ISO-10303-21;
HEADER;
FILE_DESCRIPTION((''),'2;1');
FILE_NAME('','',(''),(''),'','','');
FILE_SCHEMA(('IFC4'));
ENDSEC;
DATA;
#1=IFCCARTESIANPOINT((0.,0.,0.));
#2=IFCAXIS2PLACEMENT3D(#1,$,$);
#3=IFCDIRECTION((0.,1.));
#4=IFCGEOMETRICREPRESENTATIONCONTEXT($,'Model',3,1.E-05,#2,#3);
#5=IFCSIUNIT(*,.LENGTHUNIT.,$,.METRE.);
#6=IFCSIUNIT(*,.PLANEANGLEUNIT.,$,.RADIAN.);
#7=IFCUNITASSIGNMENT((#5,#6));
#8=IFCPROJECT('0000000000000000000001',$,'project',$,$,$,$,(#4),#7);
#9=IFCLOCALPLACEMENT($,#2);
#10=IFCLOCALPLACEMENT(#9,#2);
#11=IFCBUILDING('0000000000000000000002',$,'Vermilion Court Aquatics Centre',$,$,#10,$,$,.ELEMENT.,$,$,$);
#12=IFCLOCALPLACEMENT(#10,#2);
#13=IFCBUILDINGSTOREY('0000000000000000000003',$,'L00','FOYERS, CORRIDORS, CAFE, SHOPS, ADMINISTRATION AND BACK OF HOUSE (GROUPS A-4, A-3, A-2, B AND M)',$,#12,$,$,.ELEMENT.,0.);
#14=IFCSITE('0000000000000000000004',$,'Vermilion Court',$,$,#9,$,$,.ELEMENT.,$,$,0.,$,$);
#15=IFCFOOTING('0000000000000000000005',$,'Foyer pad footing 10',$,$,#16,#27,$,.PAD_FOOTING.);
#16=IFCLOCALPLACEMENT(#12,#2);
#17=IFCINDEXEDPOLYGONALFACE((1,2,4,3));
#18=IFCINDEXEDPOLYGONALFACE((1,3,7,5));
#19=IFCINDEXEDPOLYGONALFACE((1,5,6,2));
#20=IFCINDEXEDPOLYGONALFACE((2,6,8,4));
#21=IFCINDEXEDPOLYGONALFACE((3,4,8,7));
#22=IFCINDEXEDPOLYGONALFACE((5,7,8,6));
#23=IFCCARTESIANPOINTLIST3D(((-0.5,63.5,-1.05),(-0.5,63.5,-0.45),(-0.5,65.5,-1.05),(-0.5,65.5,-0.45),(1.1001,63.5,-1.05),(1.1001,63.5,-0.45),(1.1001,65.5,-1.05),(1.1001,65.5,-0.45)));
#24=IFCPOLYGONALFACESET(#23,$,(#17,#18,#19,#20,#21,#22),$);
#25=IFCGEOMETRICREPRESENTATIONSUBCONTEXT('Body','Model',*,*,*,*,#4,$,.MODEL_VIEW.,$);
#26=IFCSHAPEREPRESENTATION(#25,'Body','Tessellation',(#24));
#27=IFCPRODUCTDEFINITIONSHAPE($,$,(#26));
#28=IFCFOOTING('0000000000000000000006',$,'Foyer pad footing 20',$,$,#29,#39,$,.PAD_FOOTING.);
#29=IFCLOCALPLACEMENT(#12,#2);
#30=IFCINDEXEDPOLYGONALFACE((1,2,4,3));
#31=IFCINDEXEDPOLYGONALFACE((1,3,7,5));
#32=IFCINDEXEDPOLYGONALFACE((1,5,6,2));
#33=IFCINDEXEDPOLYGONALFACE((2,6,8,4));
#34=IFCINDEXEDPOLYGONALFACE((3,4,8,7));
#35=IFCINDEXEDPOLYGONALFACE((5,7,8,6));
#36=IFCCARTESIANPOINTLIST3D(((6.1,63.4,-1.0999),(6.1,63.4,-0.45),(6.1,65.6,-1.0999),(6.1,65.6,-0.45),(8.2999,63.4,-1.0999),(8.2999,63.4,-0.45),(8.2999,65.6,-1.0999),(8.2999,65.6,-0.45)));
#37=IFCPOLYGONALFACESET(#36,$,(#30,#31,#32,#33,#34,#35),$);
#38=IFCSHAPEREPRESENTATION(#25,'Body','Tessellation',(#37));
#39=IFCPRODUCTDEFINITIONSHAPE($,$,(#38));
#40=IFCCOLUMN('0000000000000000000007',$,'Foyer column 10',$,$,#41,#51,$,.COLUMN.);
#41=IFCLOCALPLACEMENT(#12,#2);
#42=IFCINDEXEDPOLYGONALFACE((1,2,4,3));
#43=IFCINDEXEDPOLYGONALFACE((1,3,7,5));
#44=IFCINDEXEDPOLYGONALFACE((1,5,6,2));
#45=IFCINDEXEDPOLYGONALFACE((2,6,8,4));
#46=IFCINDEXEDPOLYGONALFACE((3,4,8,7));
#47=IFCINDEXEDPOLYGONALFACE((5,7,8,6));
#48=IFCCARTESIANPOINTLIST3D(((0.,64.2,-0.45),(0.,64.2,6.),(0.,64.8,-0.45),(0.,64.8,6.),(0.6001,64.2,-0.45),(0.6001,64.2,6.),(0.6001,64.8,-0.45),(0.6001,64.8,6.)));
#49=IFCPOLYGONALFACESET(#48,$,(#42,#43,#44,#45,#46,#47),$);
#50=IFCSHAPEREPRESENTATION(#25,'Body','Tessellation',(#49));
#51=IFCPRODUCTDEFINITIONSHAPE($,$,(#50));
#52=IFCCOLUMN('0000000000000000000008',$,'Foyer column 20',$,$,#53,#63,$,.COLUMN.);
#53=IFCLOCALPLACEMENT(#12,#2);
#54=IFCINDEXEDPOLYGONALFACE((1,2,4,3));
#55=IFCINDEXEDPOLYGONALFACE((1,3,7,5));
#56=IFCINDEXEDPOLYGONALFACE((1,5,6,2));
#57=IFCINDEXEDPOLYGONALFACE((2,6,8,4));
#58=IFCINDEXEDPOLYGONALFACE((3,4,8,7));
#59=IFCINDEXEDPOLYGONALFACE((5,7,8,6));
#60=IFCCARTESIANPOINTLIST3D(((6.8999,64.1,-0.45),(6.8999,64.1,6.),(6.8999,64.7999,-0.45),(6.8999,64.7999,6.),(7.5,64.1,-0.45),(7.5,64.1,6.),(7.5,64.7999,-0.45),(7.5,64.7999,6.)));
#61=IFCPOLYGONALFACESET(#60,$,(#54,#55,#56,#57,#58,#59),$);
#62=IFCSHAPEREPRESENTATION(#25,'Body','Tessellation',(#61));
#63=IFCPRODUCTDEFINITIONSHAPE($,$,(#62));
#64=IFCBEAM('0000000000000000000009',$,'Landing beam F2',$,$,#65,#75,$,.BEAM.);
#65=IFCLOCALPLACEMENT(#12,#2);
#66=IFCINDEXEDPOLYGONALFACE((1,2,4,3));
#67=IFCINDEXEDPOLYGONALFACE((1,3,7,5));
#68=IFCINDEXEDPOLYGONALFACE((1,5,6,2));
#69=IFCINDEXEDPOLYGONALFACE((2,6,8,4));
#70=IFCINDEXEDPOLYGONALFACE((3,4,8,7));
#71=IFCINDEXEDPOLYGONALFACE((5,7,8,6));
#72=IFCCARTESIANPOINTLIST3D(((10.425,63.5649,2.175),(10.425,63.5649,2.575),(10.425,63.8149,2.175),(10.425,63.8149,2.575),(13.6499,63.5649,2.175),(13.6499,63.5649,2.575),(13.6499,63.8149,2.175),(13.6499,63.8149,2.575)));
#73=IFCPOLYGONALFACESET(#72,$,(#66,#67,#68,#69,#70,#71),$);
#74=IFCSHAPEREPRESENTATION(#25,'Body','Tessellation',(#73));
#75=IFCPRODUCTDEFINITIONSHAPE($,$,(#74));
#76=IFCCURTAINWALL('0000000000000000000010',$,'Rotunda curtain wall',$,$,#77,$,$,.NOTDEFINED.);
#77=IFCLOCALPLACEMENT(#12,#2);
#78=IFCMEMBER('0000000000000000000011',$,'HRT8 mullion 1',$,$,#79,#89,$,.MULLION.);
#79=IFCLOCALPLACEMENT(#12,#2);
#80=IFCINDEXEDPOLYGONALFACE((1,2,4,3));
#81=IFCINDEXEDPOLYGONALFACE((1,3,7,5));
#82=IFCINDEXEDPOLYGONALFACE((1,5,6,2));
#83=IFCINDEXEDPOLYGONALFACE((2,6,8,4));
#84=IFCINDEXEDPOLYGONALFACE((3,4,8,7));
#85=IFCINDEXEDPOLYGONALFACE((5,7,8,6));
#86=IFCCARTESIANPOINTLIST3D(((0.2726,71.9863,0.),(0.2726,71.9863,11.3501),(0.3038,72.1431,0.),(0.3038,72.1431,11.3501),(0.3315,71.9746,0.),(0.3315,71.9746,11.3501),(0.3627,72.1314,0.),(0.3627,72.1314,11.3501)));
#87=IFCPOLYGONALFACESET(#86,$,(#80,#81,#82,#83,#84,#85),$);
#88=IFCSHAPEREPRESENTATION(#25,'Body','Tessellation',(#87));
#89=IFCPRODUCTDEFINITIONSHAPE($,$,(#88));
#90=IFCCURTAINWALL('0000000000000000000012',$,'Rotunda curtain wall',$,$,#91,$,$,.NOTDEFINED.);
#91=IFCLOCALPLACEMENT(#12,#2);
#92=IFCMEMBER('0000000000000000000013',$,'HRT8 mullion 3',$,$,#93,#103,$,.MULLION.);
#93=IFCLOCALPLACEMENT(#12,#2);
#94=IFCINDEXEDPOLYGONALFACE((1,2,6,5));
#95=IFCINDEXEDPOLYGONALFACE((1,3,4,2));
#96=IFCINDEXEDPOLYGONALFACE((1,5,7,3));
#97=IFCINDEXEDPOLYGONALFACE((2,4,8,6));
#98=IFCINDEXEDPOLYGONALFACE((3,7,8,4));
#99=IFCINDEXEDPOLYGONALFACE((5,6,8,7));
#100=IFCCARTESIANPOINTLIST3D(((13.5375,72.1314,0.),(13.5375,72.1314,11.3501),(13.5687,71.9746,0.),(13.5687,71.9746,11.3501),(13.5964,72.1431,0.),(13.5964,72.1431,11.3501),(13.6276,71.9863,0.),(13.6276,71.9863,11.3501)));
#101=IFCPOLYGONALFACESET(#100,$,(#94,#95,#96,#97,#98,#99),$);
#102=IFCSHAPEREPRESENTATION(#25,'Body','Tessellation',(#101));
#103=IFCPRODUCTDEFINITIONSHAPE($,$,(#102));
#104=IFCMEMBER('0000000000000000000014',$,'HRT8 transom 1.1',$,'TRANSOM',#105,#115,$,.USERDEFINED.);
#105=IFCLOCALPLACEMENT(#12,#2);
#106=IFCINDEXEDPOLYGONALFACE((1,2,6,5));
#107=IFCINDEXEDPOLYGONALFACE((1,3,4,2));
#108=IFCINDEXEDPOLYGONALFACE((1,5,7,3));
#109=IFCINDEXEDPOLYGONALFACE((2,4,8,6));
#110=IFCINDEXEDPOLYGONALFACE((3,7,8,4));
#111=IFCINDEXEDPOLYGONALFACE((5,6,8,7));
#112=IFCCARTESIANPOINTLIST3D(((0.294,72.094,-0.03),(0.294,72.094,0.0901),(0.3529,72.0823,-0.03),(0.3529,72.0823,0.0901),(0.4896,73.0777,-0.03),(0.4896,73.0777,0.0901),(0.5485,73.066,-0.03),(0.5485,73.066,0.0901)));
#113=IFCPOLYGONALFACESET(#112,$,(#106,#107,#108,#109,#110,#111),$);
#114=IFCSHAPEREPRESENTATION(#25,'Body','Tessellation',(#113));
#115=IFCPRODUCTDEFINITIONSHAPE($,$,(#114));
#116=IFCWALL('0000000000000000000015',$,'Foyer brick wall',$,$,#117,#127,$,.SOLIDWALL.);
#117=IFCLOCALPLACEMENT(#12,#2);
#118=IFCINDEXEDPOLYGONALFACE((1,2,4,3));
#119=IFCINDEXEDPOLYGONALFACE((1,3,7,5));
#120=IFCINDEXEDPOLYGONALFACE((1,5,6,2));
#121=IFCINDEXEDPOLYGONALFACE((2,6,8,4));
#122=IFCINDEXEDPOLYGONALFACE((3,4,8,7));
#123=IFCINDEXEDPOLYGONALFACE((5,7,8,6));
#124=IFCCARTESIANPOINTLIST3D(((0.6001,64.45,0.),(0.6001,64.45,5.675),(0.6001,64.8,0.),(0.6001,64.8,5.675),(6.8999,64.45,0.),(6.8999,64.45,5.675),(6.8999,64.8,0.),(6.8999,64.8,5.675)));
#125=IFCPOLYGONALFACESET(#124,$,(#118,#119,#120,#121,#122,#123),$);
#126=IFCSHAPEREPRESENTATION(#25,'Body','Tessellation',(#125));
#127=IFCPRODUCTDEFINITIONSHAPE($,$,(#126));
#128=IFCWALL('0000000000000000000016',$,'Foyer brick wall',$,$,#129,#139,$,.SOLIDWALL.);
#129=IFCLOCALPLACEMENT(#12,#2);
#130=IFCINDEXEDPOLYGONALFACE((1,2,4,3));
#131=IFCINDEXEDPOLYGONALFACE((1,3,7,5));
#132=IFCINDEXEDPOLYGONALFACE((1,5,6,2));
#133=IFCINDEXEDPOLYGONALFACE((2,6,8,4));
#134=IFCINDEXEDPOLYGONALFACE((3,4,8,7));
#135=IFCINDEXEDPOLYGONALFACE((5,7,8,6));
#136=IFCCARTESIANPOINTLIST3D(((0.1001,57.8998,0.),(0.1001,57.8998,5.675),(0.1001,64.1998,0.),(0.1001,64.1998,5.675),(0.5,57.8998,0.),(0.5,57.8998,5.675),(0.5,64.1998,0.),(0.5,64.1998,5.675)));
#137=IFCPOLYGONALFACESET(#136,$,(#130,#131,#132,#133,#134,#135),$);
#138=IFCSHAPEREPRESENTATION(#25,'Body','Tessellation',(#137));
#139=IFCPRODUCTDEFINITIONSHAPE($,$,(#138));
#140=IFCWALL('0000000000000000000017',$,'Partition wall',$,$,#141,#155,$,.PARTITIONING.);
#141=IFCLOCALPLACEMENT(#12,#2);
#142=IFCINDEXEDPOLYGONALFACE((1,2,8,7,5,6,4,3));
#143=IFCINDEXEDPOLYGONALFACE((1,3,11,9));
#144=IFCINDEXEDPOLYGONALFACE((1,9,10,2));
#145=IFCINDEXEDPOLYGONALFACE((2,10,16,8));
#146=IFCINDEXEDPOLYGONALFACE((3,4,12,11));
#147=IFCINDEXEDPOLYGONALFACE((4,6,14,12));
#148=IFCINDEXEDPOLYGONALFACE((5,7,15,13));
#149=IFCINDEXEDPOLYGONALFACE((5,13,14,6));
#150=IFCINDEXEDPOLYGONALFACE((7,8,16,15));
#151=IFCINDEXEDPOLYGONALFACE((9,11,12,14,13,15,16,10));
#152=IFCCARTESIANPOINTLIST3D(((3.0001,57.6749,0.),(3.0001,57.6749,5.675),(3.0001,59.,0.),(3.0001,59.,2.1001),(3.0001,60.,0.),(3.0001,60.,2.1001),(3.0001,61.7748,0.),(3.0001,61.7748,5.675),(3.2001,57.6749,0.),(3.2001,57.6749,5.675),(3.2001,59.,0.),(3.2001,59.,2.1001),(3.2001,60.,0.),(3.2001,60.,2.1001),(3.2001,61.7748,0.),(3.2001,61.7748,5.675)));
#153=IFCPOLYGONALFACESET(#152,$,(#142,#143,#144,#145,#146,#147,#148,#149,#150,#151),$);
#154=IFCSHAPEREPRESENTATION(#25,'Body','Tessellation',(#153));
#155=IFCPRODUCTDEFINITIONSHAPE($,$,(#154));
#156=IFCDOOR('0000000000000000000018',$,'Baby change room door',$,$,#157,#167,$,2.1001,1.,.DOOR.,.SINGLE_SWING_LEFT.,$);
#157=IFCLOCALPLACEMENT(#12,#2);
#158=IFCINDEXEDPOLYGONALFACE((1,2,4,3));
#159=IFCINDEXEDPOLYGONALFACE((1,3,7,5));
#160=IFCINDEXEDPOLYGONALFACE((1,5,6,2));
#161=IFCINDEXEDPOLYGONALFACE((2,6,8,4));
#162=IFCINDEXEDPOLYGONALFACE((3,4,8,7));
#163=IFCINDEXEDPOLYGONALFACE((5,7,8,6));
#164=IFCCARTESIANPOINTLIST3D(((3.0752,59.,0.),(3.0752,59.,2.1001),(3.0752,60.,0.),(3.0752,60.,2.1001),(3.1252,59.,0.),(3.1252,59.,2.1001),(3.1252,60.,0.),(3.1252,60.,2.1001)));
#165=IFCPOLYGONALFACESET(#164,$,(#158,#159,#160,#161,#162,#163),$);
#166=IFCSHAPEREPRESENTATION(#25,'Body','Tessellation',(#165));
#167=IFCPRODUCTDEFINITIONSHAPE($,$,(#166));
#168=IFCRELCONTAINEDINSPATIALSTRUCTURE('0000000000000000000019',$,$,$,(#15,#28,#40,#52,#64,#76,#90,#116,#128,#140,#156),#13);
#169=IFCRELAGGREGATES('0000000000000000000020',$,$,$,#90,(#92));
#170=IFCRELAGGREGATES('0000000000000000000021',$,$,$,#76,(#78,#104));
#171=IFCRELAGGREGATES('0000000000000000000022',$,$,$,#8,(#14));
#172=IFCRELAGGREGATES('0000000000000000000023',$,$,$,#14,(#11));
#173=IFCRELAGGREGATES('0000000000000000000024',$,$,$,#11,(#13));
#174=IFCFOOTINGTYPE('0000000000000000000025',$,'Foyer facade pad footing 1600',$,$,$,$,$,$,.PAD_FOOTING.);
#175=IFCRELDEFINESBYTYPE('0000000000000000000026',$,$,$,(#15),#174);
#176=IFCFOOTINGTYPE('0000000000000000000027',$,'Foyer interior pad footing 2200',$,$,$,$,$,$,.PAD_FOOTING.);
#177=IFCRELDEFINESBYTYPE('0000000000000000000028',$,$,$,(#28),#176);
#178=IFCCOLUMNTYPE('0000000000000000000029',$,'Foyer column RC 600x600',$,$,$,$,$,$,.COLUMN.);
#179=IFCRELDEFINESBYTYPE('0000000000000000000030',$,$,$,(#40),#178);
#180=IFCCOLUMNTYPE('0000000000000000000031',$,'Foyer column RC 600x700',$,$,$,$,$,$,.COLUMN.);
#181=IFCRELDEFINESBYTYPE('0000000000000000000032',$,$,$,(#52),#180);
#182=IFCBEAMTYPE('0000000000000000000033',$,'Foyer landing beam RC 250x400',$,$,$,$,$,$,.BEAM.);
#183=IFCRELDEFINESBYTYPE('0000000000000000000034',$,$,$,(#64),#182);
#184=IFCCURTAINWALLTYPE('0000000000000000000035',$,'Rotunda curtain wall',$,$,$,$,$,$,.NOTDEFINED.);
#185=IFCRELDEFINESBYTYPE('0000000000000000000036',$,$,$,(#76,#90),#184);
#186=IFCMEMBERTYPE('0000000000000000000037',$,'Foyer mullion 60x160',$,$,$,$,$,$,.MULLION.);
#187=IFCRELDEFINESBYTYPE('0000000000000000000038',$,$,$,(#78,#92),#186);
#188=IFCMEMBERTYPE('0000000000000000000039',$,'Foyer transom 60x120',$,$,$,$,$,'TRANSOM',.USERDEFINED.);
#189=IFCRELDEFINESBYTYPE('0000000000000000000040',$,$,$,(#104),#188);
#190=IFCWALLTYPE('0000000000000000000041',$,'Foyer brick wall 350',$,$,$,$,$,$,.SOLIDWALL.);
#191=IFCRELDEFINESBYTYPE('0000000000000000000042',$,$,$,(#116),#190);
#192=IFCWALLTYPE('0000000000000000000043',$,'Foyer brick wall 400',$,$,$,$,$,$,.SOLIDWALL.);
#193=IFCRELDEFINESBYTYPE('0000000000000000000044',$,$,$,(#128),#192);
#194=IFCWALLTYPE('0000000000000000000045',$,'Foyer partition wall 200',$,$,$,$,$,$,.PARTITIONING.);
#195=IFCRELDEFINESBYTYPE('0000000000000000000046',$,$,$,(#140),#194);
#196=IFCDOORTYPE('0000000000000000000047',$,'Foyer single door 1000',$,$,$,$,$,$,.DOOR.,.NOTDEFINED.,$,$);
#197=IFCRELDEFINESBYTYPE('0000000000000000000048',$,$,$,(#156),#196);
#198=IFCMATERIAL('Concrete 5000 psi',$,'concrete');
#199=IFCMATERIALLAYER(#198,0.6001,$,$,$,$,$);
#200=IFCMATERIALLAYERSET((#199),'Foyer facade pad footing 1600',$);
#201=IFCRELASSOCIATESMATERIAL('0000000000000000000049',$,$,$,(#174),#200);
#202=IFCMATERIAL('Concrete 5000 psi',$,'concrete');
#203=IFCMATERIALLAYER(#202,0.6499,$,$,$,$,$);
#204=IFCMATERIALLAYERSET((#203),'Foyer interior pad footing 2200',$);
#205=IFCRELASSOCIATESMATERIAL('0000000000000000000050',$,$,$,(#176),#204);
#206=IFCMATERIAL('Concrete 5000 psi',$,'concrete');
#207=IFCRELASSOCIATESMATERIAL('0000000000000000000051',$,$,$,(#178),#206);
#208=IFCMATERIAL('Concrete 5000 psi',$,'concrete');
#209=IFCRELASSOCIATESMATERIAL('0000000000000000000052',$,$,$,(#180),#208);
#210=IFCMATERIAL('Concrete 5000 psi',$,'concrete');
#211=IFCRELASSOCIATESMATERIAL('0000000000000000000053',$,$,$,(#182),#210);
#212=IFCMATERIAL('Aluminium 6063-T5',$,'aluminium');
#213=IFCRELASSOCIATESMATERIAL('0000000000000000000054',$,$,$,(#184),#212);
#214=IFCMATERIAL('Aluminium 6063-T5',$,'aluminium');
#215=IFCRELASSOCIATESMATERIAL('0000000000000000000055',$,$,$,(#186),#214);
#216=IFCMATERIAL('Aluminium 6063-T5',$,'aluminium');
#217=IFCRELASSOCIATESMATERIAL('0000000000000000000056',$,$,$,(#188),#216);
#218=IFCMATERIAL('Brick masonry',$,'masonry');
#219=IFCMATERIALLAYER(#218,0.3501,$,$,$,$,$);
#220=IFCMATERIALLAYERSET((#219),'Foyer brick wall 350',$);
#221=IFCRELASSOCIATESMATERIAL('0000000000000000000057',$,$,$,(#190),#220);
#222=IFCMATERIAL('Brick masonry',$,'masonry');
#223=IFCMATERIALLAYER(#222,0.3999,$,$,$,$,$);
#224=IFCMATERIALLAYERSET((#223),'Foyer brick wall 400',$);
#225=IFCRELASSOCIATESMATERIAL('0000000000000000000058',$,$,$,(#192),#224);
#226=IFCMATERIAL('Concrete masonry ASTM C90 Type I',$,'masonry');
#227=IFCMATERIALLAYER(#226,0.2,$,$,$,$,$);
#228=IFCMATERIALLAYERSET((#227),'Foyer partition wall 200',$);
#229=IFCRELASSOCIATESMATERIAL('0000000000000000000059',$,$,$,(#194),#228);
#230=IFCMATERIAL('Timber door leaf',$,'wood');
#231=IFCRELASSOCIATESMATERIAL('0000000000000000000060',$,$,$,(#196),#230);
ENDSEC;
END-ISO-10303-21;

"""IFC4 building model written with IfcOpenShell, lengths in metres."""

from ifc_helpers import new_model, si_unit, direction, frame, frame_2d, origin, origin_2d, place, context, subcontext, project, spatial, rectangle, extrude, material, layer, layer_set, material_profile, profile_set, type_object, element, fill, aggregate, save


model = new_model("IFC4")

# Units and contexts
model_context = context("Model", 3, precision=1e-05, world=origin(), true_north=direction((0.0, 1.0)))
body_context = subcontext(model_context, "Body", "Model", "MODEL_VIEW")
ifc_project = project(units=[si_unit("LENGTHUNIT", "METRE"), si_unit("PLANEANGLEUNIT", "RADIAN")], contexts=[model_context])

# Site, building, storey
site_placement = place(None, origin())
site = spatial("IfcSite", under=ifc_project, at=site_placement, Name="Vermilion Court", CompositionType="ELEMENT", RefElevation=0.0)
building_placement = place(site_placement, origin())
building = spatial("IfcBuilding", under=site, at=building_placement, Name="Vermilion Court Aquatics Centre", CompositionType="ELEMENT")
storey_placement = place(building_placement, origin())
storey = spatial("IfcBuildingStorey", under=building, at=storey_placement, Name="L00", Description="FOYERS, CORRIDORS, CAFE, SHOPS, ADMINISTRATION AND BACK OF HOUSE (GROUPS A-4, A-3, A-2, B AND M)", CompositionType="ELEMENT", Elevation=0.0)

# Footings
ifc_material_1 = material(Name="Concrete 5000 psi", Category="concrete")
ifc_layer_1 = layer(ifc_material_1, 0.6001)
ifc_layer_set_1 = layer_set([ifc_layer_1], Name="Foyer facade pad footing 1600")
footing_type_1 = type_object("IfcFootingType", Name="Foyer facade pad footing 1600", PredefinedType="PAD_FOOTING", material=ifc_layer_set_1)
footing_1_placement = place(storey_placement, frame((0.3, 64.5, -1.05), z_axis=(0.0, 0.0, 1.0), x_axis=(1.0, 0.0, 0.0)))
element("IfcFooting", 1, at=footing_1_placement, inside=storey, type_object=footing_type_1, Name="Foyer pad footing 10", PredefinedType="PAD_FOOTING", context=body_context, shape_type="SweptSolid", body=[
    extrude(rectangle(XDim=1.6001, YDim=2.0, at=origin_2d()), origin(), (0.0, 0.0, 1.0), 0.6001),
])
ifc_material_2 = material(Name="Concrete 5000 psi", Category="concrete")
ifc_layer_2 = layer(ifc_material_2, 0.6499)
ifc_layer_set_2 = layer_set([ifc_layer_2], Name="Foyer interior pad footing 2200")
footing_type_2 = type_object("IfcFootingType", Name="Foyer interior pad footing 2200", PredefinedType="PAD_FOOTING", material=ifc_layer_set_2)
footing_2_placement = place(storey_placement, frame((7.2, 64.5, -1.0999), z_axis=(0.0, 0.0, 1.0), x_axis=(1.0, 0.0, 0.0)))
element("IfcFooting", 2, at=footing_2_placement, inside=storey, type_object=footing_type_2, Name="Foyer pad footing 20", PredefinedType="PAD_FOOTING", context=body_context, shape_type="SweptSolid", body=[
    extrude(rectangle(XDim=2.2, YDim=2.2, at=origin_2d()), origin(), (0.0, 0.0, 1.0), 0.6499),
])

# Columns
ifc_material_3 = material(Name="Concrete 5000 psi", Category="concrete")
ifc_material_profile_1 = material_profile(ifc_material_3, rectangle(XDim=0.6001, YDim=0.6001, at=origin_2d()), Name="RC 600x600")
ifc_profile_set_1 = profile_set([ifc_material_profile_1], Name="Concrete 5000 psi")
column_type_1 = type_object("IfcColumnType", Name="Foyer column RC 600x600", PredefinedType="COLUMN", material=ifc_profile_set_1)
column_1_placement = place(storey_placement, frame((0.3, 64.5, -0.45), z_axis=(0.0, 0.0, 1.0), x_axis=(1.0, 0.0, 0.0)))
element("IfcColumn", 3, at=column_1_placement, inside=storey, type_object=column_type_1, Name="Foyer column 10", PredefinedType="COLUMN", context=body_context, shape_type="SweptSolid", body=[
    extrude(rectangle(XDim=0.6001, YDim=0.6001, at=origin_2d()), origin(), (0.0, 0.0, 1.0), 6.45),
])
ifc_material_4 = material(Name="Concrete 5000 psi", Category="concrete")
ifc_material_profile_2 = material_profile(ifc_material_4, rectangle(XDim=0.6001, YDim=0.7, at=origin_2d()), Name="RC 600x700")
ifc_profile_set_2 = profile_set([ifc_material_profile_2], Name="Concrete 5000 psi")
column_type_2 = type_object("IfcColumnType", Name="Foyer column RC 600x700", PredefinedType="COLUMN", material=ifc_profile_set_2)
column_2_placement = place(storey_placement, frame((7.2, 64.45, -0.45), z_axis=(0.0, 0.0, 1.0), x_axis=(1.0, 0.0, 0.0)))
element("IfcColumn", 4, at=column_2_placement, inside=storey, type_object=column_type_2, Name="Foyer column 20", PredefinedType="COLUMN", context=body_context, shape_type="SweptSolid", body=[
    extrude(rectangle(XDim=0.6001, YDim=0.7, at=origin_2d()), origin(), (0.0, 0.0, 1.0), 6.45),
])

# Beam
ifc_material_5 = material(Name="Concrete 5000 psi", Category="concrete")
ifc_material_profile_3 = material_profile(ifc_material_5, rectangle(XDim=0.25, YDim=0.3999, at=origin_2d()), Name="RC 250x400")
ifc_profile_set_3 = profile_set([ifc_material_profile_3], Name="Concrete 5000 psi")
beam_type = type_object("IfcBeamType", Name="Foyer landing beam RC 250x400", PredefinedType="BEAM", material=ifc_profile_set_3)
beam_placement = place(storey_placement, frame((10.425, 63.6899, 2.375), z_axis=(1.0, 0.0, 0.0), x_axis=(0.0, 1.0, 0.0)))
element("IfcBeam", 5, at=beam_placement, inside=storey, type_object=beam_type, Name="Landing beam F2", PredefinedType="BEAM", context=body_context, shape_type="SweptSolid", body=[
    extrude(rectangle(XDim=0.25, YDim=0.3999, at=origin_2d()), origin(), (0.0, 0.0, 1.0), 3.2249),
])

# Curtain walls, members
ifc_material_6 = material(Name="Aluminium 6063-T5", Category="aluminium")
curtain_wall_type = type_object("IfcCurtainWallType", Name="Rotunda curtain wall", PredefinedType="NOTDEFINED", material=ifc_material_6)
curtain_wall_1_placement = place(storey_placement, origin())
curtain_wall_1 = element("IfcCurtainWall", 6, at=curtain_wall_1_placement, inside=storey, type_object=curtain_wall_type, Name="Rotunda curtain wall", PredefinedType="NOTDEFINED")
ifc_material_7 = material(Name="Aluminium 6063-T5", Category="aluminium")
ifc_material_profile_4 = material_profile(ifc_material_7, rectangle(XDim=0.0601, YDim=0.1599, at=origin_2d()), Name="Aluminium 60x160")
ifc_profile_set_4 = profile_set([ifc_material_profile_4], Name="Aluminium 6063-T5")
member_type_1 = type_object("IfcMemberType", Name="Foyer mullion 60x160", PredefinedType="MULLION", material=ifc_profile_set_4)
member_1_placement = place(storey_placement, frame((0.3176, 72.0588, 0.0), z_axis=(0.0, 0.0, 1.0), x_axis=(-0.980784, 0.195095, 0.0)))
member_1 = element("IfcMember", 7, at=member_1_placement, type_object=member_type_1, Name="HRT8 mullion 1", PredefinedType="MULLION", context=body_context, shape_type="SweptSolid", body=[
    extrude(rectangle(XDim=0.0601, YDim=0.1599, at=origin_2d()), origin(), (0.0, 0.0, 1.0), 11.3501),
])
curtain_wall_2_placement = place(storey_placement, origin())
curtain_wall_2 = element("IfcCurtainWall", 8, at=curtain_wall_2_placement, inside=storey, type_object=curtain_wall_type, Name="Rotunda curtain wall", PredefinedType="NOTDEFINED")
member_2_placement = place(storey_placement, frame((13.5825, 72.0588, 0.0), z_axis=(0.0, 0.0, 1.0), x_axis=(0.980784, 0.195095, 0.0)))
member_2 = element("IfcMember", 9, at=member_2_placement, type_object=member_type_1, Name="HRT8 mullion 3", PredefinedType="MULLION", context=body_context, shape_type="SweptSolid", body=[
    extrude(rectangle(XDim=0.0601, YDim=0.1599, at=origin_2d()), origin(), (0.0, 0.0, 1.0), 11.3501),
])
aggregate(curtain_wall_2, [member_2])

# Member
ifc_material_8 = material(Name="Aluminium 6063-T5", Category="aluminium")
ifc_material_profile_5 = material_profile(ifc_material_8, rectangle(XDim=0.0601, YDim=0.1201, at=origin_2d()), Name="Aluminium 60x120")
ifc_profile_set_5 = profile_set([ifc_material_profile_5], Name="Aluminium 6063-T5")
member_type_2 = type_object("IfcMemberType", Name="Foyer transom 60x120", ElementType="TRANSOM", PredefinedType="USERDEFINED", material=ifc_profile_set_5)
member_3_placement = place(storey_placement, frame((0.3235, 72.0881, 0.03), z_axis=(0.194992, 0.980805, 0.0), x_axis=(-0.980805, 0.194992, 0.0)))
member_3 = element("IfcMember", 10, at=member_3_placement, type_object=member_type_2, Name="HRT8 transom 1.1", ObjectType="TRANSOM", PredefinedType="USERDEFINED", context=body_context, shape_type="SweptSolid", body=[
    extrude(rectangle(XDim=0.0601, YDim=0.1201, at=origin_2d()), origin(), (0.0, 0.0, 1.0), 1.0029),
])
aggregate(curtain_wall_1, [member_1, member_3])

# Wall
ifc_material_9 = material(Name="Brick masonry", Category="masonry")
ifc_layer_3 = layer(ifc_material_9, 0.3501)
ifc_layer_set_3 = layer_set([ifc_layer_3], Name="Foyer brick wall 350")
wall_type_1 = type_object("IfcWallType", Name="Foyer brick wall 350", PredefinedType="SOLIDWALL", material=ifc_layer_set_3)
wall_1_placement = place(storey_placement, frame((0.6001, 64.625, 0.0), z_axis=(0.0, 0.0, 1.0), x_axis=(1.0, 0.0, 0.0)))
element("IfcWall", 11, at=wall_1_placement, inside=storey, type_object=wall_type_1, Name="Foyer brick wall", PredefinedType="SOLIDWALL", context=body_context, shape_type="SweptSolid", body=[
    extrude(rectangle(XDim=6.2998, YDim=0.3501, at=frame_2d((3.1499, 0.0))), origin(), (0.0, 0.0, 1.0), 5.675),
])

# Wall
ifc_material_10 = material(Name="Brick masonry", Category="masonry")
ifc_layer_4 = layer(ifc_material_10, 0.3999)
ifc_layer_set_4 = layer_set([ifc_layer_4], Name="Foyer brick wall 400")
wall_type_2 = type_object("IfcWallType", Name="Foyer brick wall 400", PredefinedType="SOLIDWALL", material=ifc_layer_set_4)
wall_2_placement = place(storey_placement, frame((0.3, 57.8999, 0.0), z_axis=(0.0, 0.0, 1.0), x_axis=(0.0, 1.0, 0.0)))
element("IfcWall", 12, at=wall_2_placement, inside=storey, type_object=wall_type_2, Name="Foyer brick wall", PredefinedType="SOLIDWALL", context=body_context, shape_type="SweptSolid", body=[
    extrude(rectangle(XDim=6.3, YDim=0.3999, at=frame_2d((3.1499, 0.0))), origin(), (0.0, 0.0, 1.0), 5.675),
])

# Wall, opening, door
ifc_material_11 = material(Name="Concrete masonry ASTM C90 Type I", Category="masonry")
ifc_layer_5 = layer(ifc_material_11, 0.2)
ifc_layer_set_5 = layer_set([ifc_layer_5], Name="Foyer partition wall 200")
wall_type_3 = type_object("IfcWallType", Name="Foyer partition wall 200", PredefinedType="PARTITIONING", material=ifc_layer_set_5)
wall_3_placement = place(storey_placement, frame((3.1001, 57.675, 0.0), z_axis=(0.0, 0.0, 1.0), x_axis=(0.0, 1.0, 0.0)))
wall_3 = element("IfcWall", 13, at=wall_3_placement, inside=storey, type_object=wall_type_3, Name="Partition wall", PredefinedType="PARTITIONING", context=body_context, shape_type="SweptSolid", body=[
    extrude(rectangle(XDim=4.0999, YDim=0.2, at=frame_2d((2.0498, 0.0))), origin(), (0.0, 0.0, 1.0), 5.675),
])
opening_1_placement = place(wall_3_placement, frame((1.325, 0.0, 0.0)))
opening_1 = element("IfcOpeningElement", 14, at=opening_1_placement, cuts=wall_3, PredefinedType="OPENING", context=body_context, shape_type="SweptSolid", body=[
    extrude(rectangle(XDim=1.0, YDim=2.1001, at=frame_2d((0.5, 1.05))), frame((0.0, 0.1099, 0.0), z_axis=(0.0, -1.0, 0.0), x_axis=(1.0, 0.0, 0.0)), (0.0, 0.0, 1.0), 0.22),
])
ifc_material_12 = material(Name="Timber door leaf", Category="wood")
door_type_1 = type_object("IfcDoorType", Name="Foyer single door 1000", OperationType="NOTDEFINED", PredefinedType="DOOR", material=ifc_material_12)
door_1_placement = place(opening_1_placement, origin())
door_1 = element("IfcDoor", 15, at=door_1_placement, inside=storey, type_object=door_type_1, Name="Baby change room door", OperationType="SINGLE_SWING_LEFT", OverallHeight=2.1001, OverallWidth=1.0, PredefinedType="DOOR", context=body_context, shape_type="SweptSolid", body=[
    extrude(rectangle(XDim=1.0, YDim=2.1001, at=frame_2d((0.5, 1.05))), frame((0.0, 0.0249, 0.0), z_axis=(0.0, -1.0, 0.0), x_axis=(1.0, 0.0, 0.0)), (0.0, 0.0, 1.0), 0.05),
])
fill(opening_1, door_1)

save(model, "model.ifc")
